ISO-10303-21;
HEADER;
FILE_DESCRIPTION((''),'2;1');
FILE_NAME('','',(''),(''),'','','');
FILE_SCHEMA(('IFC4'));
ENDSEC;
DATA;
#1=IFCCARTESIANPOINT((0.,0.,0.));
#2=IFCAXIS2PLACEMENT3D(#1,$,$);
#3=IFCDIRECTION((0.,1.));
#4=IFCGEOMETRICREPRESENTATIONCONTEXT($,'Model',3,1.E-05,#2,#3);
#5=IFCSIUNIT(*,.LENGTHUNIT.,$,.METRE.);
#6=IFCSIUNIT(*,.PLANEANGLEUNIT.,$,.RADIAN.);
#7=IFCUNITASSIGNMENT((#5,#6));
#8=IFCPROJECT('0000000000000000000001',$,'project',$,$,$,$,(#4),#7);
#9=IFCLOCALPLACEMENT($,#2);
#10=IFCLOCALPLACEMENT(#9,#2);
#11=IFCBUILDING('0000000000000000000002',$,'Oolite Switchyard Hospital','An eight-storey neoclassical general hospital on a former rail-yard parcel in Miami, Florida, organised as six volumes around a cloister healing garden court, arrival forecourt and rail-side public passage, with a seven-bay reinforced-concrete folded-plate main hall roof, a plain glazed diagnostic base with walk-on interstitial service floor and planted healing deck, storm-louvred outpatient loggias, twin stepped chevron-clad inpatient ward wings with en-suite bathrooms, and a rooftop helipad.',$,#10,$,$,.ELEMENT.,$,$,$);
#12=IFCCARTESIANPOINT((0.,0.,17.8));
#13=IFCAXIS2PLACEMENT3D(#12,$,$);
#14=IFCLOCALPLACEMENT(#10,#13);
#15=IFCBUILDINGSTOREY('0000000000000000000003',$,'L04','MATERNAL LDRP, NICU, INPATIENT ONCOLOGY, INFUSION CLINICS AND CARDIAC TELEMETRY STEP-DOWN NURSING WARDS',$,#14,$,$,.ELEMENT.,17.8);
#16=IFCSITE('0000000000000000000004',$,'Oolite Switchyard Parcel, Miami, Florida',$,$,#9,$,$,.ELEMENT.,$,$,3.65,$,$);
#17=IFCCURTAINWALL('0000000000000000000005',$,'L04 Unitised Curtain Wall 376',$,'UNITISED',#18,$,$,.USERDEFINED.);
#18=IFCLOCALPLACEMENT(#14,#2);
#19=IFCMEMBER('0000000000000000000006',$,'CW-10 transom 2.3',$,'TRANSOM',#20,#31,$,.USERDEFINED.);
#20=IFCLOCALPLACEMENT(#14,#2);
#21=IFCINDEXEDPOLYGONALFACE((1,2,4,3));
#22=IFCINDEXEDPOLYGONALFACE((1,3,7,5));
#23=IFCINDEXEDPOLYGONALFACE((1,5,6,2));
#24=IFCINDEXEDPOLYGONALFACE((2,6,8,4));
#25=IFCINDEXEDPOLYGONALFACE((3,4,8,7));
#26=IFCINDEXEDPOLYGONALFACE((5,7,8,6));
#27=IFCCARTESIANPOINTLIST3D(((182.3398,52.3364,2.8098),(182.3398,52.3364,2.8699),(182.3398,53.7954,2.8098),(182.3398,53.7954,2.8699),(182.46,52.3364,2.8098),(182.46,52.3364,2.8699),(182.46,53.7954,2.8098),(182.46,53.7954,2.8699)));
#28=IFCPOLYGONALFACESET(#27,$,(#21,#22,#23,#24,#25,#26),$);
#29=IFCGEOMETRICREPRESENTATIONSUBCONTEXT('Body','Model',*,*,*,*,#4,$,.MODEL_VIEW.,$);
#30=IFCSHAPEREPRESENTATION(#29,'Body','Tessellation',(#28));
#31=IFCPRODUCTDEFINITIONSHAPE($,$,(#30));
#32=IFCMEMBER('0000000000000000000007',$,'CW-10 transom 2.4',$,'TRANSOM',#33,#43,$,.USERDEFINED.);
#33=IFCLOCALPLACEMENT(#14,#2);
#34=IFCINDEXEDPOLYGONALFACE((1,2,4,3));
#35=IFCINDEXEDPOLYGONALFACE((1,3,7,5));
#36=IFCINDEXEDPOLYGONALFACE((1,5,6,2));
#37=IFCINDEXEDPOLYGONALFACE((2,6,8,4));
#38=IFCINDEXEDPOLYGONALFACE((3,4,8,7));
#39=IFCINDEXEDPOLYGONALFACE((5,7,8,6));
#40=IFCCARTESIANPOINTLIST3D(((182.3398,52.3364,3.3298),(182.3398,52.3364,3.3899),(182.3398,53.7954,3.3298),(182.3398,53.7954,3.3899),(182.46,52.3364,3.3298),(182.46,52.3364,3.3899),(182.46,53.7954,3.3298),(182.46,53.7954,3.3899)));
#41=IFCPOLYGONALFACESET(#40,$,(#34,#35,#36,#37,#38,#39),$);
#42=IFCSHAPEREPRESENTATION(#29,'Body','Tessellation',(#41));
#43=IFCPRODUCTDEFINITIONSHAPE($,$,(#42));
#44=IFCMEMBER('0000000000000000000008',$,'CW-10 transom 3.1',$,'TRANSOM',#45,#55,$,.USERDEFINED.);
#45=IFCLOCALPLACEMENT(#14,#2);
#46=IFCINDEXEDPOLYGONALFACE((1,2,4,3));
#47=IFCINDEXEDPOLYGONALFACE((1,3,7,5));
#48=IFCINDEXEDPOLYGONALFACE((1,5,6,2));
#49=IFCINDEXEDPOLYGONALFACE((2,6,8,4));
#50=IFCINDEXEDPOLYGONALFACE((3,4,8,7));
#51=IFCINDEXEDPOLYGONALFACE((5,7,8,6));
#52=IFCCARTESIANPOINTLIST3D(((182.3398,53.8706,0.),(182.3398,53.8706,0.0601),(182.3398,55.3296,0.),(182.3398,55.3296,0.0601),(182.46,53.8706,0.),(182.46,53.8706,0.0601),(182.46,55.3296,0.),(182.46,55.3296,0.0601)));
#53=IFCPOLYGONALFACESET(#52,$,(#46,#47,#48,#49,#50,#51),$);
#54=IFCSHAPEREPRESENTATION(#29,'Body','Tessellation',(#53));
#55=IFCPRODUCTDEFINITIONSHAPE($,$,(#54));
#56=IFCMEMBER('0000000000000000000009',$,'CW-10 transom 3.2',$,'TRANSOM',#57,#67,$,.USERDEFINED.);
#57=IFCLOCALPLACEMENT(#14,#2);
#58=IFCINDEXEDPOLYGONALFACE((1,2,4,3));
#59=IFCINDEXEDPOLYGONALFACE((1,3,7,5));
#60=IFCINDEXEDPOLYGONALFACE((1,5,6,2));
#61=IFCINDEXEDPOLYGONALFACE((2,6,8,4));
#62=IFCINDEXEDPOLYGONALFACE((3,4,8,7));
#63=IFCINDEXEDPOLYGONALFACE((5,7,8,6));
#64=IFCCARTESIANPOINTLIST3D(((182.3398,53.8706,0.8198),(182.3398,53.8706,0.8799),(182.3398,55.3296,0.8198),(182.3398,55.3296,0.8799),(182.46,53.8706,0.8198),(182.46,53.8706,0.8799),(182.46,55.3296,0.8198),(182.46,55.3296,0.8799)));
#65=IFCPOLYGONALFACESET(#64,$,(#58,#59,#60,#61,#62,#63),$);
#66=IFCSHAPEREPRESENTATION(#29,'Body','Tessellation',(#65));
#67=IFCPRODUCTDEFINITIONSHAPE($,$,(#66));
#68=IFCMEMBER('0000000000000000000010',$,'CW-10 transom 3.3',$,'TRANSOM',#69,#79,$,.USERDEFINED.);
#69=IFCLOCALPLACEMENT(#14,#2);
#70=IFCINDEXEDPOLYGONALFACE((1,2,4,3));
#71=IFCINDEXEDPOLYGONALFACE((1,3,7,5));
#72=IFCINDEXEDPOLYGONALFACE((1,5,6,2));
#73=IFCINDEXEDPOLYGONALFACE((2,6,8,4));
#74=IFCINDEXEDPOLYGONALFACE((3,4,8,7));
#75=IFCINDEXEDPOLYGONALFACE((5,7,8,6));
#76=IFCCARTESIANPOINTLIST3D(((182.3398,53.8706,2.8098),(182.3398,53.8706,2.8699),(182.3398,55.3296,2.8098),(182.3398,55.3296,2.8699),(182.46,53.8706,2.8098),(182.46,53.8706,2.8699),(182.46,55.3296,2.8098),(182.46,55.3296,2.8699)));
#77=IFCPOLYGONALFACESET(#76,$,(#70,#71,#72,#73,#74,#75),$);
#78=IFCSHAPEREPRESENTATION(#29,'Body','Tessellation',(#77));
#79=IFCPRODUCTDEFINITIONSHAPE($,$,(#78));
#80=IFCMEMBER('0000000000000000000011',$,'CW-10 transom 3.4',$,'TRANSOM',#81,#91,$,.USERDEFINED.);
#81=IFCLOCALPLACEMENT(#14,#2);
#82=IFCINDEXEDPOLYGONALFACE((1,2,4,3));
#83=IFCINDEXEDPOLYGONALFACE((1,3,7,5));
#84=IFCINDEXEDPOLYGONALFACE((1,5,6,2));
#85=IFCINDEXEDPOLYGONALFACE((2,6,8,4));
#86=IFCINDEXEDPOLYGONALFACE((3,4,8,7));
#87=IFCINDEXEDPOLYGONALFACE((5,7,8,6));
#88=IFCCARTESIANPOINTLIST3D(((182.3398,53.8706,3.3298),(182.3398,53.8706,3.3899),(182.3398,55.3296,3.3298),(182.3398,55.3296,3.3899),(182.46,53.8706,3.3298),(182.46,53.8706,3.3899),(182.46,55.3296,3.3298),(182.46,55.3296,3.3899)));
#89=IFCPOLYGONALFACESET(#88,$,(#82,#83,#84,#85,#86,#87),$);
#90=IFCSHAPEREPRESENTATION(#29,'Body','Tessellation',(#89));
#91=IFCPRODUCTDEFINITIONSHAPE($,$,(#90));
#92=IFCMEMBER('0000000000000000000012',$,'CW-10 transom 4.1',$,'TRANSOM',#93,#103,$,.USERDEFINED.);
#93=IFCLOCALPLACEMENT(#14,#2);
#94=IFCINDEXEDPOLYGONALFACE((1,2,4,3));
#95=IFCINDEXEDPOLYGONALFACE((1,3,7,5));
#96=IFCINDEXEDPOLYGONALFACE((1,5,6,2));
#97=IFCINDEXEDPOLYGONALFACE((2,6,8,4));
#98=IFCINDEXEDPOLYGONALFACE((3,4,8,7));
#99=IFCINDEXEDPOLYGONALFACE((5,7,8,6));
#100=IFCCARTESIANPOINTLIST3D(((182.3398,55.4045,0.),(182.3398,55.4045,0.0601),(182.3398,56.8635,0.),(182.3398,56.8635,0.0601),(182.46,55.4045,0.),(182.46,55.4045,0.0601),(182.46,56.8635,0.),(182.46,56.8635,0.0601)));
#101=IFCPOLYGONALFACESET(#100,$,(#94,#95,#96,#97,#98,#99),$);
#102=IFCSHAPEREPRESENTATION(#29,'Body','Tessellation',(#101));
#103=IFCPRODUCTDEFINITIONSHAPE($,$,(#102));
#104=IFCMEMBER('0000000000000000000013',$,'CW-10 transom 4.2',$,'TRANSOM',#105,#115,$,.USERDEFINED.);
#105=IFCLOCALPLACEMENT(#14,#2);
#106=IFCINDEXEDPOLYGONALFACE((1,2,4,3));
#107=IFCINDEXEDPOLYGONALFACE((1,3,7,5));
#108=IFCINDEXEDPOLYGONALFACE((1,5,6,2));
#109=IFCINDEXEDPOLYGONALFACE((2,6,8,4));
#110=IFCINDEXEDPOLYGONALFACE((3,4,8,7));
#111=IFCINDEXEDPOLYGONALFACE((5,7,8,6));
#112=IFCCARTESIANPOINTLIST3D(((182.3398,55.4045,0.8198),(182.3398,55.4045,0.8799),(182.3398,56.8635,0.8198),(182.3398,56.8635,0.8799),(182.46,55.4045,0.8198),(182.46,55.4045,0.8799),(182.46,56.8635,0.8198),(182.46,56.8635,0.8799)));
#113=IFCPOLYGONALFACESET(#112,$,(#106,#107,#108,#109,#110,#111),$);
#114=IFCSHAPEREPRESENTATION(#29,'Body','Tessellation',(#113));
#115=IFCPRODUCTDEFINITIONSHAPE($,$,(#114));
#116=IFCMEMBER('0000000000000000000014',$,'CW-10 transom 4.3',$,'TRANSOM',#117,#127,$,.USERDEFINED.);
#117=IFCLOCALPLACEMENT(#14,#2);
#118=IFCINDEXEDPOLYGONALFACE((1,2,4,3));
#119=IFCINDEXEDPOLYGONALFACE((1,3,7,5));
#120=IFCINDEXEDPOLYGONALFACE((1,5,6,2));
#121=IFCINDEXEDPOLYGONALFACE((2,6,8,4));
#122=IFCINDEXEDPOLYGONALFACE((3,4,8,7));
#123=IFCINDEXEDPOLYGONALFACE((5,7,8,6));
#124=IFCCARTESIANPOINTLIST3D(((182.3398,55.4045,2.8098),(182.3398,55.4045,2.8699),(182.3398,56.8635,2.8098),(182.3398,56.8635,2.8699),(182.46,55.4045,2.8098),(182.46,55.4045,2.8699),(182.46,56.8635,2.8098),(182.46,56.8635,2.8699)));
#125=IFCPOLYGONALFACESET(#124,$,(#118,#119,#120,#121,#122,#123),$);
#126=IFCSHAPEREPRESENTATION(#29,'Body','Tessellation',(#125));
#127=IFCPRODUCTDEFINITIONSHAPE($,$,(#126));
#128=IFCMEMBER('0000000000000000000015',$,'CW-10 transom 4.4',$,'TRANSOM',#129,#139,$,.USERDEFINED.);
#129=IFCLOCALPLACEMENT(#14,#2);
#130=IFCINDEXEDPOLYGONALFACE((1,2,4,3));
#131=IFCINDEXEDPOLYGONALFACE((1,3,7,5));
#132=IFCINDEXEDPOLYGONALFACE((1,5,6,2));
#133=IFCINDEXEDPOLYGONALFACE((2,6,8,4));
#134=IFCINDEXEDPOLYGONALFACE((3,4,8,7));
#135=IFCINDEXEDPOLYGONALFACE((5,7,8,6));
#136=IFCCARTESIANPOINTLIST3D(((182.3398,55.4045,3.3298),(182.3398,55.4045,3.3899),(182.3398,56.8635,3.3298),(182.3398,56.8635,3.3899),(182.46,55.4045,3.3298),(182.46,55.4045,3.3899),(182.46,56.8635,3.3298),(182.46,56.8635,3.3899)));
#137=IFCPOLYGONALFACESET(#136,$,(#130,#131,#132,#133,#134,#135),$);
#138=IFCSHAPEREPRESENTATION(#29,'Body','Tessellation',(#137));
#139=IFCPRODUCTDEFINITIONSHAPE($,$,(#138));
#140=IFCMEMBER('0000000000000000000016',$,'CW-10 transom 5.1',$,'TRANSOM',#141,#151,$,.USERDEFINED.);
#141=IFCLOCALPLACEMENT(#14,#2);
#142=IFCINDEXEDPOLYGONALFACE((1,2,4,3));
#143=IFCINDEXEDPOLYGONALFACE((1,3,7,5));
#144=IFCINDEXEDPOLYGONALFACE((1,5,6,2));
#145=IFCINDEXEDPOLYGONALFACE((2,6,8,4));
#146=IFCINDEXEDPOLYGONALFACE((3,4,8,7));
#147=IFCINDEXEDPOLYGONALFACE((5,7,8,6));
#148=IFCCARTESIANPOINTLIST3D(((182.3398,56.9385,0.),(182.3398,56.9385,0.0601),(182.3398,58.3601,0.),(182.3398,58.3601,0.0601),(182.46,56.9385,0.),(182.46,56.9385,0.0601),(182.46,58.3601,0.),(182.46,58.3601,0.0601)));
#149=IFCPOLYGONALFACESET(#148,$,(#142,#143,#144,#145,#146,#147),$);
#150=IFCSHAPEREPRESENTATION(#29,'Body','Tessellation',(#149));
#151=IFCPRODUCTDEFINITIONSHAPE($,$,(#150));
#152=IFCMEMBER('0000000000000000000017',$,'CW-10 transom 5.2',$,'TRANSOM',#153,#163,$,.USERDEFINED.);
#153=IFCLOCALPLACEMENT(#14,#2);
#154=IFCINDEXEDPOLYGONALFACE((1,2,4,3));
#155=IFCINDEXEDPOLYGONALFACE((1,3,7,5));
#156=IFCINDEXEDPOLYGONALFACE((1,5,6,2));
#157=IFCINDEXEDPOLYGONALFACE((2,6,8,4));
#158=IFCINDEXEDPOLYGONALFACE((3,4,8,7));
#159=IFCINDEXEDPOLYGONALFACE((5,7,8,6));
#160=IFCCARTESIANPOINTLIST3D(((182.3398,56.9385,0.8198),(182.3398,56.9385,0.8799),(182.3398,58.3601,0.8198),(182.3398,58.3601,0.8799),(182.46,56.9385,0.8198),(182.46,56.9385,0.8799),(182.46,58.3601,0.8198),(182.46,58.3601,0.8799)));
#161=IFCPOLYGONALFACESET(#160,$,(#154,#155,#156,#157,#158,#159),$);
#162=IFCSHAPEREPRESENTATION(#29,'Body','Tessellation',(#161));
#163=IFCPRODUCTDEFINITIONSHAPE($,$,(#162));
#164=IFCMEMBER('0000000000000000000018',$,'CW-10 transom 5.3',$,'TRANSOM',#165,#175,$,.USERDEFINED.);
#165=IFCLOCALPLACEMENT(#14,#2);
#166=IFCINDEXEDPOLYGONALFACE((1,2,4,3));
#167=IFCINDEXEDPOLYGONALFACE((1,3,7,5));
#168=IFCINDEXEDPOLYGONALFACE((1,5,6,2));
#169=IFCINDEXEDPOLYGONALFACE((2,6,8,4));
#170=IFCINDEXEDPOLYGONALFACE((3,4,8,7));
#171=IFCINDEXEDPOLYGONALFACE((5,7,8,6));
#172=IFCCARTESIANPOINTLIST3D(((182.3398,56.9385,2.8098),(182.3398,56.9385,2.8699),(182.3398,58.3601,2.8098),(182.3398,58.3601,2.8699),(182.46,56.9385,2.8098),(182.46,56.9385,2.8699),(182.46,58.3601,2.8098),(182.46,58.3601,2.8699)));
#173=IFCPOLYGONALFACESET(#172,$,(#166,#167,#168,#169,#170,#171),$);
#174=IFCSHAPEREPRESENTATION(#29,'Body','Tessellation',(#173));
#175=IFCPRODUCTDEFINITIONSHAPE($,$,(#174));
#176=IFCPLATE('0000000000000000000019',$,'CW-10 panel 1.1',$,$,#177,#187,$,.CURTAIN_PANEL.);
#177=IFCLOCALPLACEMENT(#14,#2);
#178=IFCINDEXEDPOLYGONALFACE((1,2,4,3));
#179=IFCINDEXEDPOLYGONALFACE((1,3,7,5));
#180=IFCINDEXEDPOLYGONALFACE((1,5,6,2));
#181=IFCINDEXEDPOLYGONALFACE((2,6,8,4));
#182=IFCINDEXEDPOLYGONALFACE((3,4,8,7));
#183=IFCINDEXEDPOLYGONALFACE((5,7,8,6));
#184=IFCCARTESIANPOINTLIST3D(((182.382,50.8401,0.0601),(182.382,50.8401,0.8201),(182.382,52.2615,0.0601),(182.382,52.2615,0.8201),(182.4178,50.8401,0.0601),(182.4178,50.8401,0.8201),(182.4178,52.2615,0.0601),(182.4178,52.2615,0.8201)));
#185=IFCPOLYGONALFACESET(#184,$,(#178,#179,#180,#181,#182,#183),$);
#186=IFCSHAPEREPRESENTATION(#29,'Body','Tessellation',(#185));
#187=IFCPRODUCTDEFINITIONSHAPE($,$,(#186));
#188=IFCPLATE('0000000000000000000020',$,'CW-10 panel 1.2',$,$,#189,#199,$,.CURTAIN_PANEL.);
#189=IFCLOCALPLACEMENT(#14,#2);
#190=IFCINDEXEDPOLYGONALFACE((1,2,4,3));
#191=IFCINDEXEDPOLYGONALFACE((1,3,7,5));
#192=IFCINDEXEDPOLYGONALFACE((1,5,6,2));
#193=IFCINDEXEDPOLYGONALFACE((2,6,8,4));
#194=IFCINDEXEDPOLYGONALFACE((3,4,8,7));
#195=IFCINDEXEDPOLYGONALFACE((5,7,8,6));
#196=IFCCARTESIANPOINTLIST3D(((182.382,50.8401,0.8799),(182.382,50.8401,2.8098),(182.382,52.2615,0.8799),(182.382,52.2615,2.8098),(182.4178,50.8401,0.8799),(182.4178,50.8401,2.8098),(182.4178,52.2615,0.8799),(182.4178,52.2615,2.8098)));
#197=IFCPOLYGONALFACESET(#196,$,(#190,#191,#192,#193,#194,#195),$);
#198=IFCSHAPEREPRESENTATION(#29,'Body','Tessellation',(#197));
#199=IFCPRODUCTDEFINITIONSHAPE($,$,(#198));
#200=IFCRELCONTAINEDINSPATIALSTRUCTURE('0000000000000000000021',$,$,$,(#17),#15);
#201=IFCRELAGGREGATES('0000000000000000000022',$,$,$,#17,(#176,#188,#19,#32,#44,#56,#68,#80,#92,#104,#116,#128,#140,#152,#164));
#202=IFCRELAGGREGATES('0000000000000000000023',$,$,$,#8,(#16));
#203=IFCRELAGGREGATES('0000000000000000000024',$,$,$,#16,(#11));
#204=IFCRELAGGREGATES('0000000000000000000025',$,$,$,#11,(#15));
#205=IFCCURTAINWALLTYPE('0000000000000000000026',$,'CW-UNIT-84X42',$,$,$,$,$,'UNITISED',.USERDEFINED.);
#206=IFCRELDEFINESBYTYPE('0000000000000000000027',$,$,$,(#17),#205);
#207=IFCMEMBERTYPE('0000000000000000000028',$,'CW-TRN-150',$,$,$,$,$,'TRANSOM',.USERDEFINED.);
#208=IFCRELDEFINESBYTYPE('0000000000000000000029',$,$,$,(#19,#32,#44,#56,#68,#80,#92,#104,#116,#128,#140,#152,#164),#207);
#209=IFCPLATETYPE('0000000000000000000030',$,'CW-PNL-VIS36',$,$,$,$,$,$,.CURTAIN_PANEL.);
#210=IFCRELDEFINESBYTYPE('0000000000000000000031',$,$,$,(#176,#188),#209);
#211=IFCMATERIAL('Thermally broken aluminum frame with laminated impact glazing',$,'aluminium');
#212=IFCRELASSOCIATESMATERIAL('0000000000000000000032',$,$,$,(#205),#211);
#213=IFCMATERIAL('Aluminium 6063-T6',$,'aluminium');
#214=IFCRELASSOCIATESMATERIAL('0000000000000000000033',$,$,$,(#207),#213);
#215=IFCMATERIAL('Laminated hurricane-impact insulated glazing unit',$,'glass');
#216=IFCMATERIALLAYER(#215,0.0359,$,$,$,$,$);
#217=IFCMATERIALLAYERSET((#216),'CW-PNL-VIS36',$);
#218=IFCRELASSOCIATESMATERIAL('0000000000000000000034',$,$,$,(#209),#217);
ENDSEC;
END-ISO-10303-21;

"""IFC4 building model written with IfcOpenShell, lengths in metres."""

from ifc_helpers import new_model, si_unit, direction, frame, origin, origin_2d, place, context, subcontext, project, spatial, rectangle, extrude, material, layer, layer_set, material_profile, profile_set, type_object, element, aggregate, save


model = new_model("IFC4")

# Units and contexts
model_context = context("Model", 3, precision=1e-05, world=origin(), true_north=direction((0.0, 1.0)))
body_context = subcontext(model_context, "Body", "Model", "MODEL_VIEW")
ifc_project = project(units=[si_unit("LENGTHUNIT", "METRE"), si_unit("PLANEANGLEUNIT", "RADIAN")], contexts=[model_context])

# Site, building, storey
site_placement = place(None, origin())
site = spatial("IfcSite", under=ifc_project, at=site_placement, Name="Oolite Switchyard Parcel, Miami, Florida", CompositionType="ELEMENT", RefElevation=3.65)
building_placement = place(site_placement, origin())
building = spatial("IfcBuilding", under=site, at=building_placement, Name="Oolite Switchyard Hospital", Description="An eight-storey neoclassical general hospital on a former rail-yard parcel in Miami, Florida, organised as six volumes around a cloister healing garden court, arrival forecourt and rail-side public passage, with a seven-bay reinforced-concrete folded-plate main hall roof, a plain glazed diagnostic base with walk-on interstitial service floor and planted healing deck, storm-louvred outpatient loggias, twin stepped chevron-clad inpatient ward wings with en-suite bathrooms, and a rooftop helipad.", CompositionType="ELEMENT")
storey_placement = place(building_placement, frame((0.0, 0.0, 17.8)))
storey = spatial("IfcBuildingStorey", under=building, at=storey_placement, Name="L04", Description="MATERNAL LDRP, NICU, INPATIENT ONCOLOGY, INFUSION CLINICS AND CARDIAC TELEMETRY STEP-DOWN NURSING WARDS", CompositionType="ELEMENT", Elevation=17.8)

# Curtain wall, members, plates
ifc_material_1 = material(Name="Thermally broken aluminum frame with laminated impact glazing", Category="aluminium")
curtain_wall_type = type_object("IfcCurtainWallType", Name="CW-UNIT-84X42", ElementType="UNITISED", PredefinedType="USERDEFINED", material=ifc_material_1)
curtain_wall_placement = place(storey_placement, origin())
curtain_wall = element("IfcCurtainWall", 1, at=curtain_wall_placement, inside=storey, type_object=curtain_wall_type, Name="L04 Unitised Curtain Wall 376", ObjectType="UNITISED", PredefinedType="USERDEFINED")
ifc_material_2 = material(Name="Aluminium 6063-T6", Category="aluminium")
ifc_material_profile_1 = material_profile(ifc_material_2, rectangle(XDim=0.1201, YDim=0.0601, at=origin_2d()), Name="CWT60X120")
ifc_profile_set_1 = profile_set([ifc_material_profile_1], Name="Aluminium 6063-T6")
member_type_1 = type_object("IfcMemberType", Name="CW-TRN-150", ElementType="TRANSOM", PredefinedType="USERDEFINED", material=ifc_profile_set_1)
member_1_placement = place(storey_placement, frame((182.3999, 52.3364, 2.8398), z_axis=(0.0, 1.0, 0.0), x_axis=(-1.0, 0.0, 0.0)))
member_1 = element("IfcMember", 2, at=member_1_placement, type_object=member_type_1, Name="CW-10 transom 2.3", ObjectType="TRANSOM", PredefinedType="USERDEFINED", context=body_context, shape_type="SweptSolid", body=[
    extrude(rectangle(XDim=0.1201, YDim=0.0601, at=origin_2d()), origin(), (0.0, 0.0, 1.0), 1.459),
])
member_2_placement = place(storey_placement, frame((182.3999, 52.3364, 3.3599), z_axis=(0.0, 1.0, 0.0), x_axis=(-1.0, 0.0, 0.0)))
member_2 = element("IfcMember", 3, at=member_2_placement, type_object=member_type_1, Name="CW-10 transom 2.4", ObjectType="TRANSOM", PredefinedType="USERDEFINED", context=body_context, shape_type="SweptSolid", body=[
    extrude(rectangle(XDim=0.1201, YDim=0.0601, at=origin_2d()), origin(), (0.0, 0.0, 1.0), 1.459),
])
member_3_placement = place(storey_placement, frame((182.3999, 53.8706, 0.03), z_axis=(0.0, 1.0, 0.0), x_axis=(-1.0, 0.0, 0.0)))
member_3 = element("IfcMember", 4, at=member_3_placement, type_object=member_type_1, Name="CW-10 transom 3.1", ObjectType="TRANSOM", PredefinedType="USERDEFINED", context=body_context, shape_type="SweptSolid", body=[
    extrude(rectangle(XDim=0.1201, YDim=0.0601, at=origin_2d()), origin(), (0.0, 0.0, 1.0), 1.459),
])
member_4_placement = place(storey_placement, frame((182.3999, 53.8706, 0.8499), z_axis=(0.0, 1.0, 0.0), x_axis=(-1.0, 0.0, 0.0)))
member_4 = element("IfcMember", 5, at=member_4_placement, type_object=member_type_1, Name="CW-10 transom 3.2", ObjectType="TRANSOM", PredefinedType="USERDEFINED", context=body_context, shape_type="SweptSolid", body=[
    extrude(rectangle(XDim=0.1201, YDim=0.0601, at=origin_2d()), origin(), (0.0, 0.0, 1.0), 1.459),
])
member_5_placement = place(storey_placement, frame((182.3999, 53.8706, 2.8398), z_axis=(0.0, 1.0, 0.0), x_axis=(-1.0, 0.0, 0.0)))
member_5 = element("IfcMember", 6, at=member_5_placement, type_object=member_type_1, Name="CW-10 transom 3.3", ObjectType="TRANSOM", PredefinedType="USERDEFINED", context=body_context, shape_type="SweptSolid", body=[
    extrude(rectangle(XDim=0.1201, YDim=0.0601, at=origin_2d()), origin(), (0.0, 0.0, 1.0), 1.459),
])
member_6_placement = place(storey_placement, frame((182.3999, 53.8706, 3.3599), z_axis=(0.0, 1.0, 0.0), x_axis=(-1.0, 0.0, 0.0)))
member_6 = element("IfcMember", 7, at=member_6_placement, type_object=member_type_1, Name="CW-10 transom 3.4", ObjectType="TRANSOM", PredefinedType="USERDEFINED", context=body_context, shape_type="SweptSolid", body=[
    extrude(rectangle(XDim=0.1201, YDim=0.0601, at=origin_2d()), origin(), (0.0, 0.0, 1.0), 1.459),
])
member_7_placement = place(storey_placement, frame((182.3999, 55.4045, 0.03), z_axis=(0.0, 1.0, 0.0), x_axis=(-1.0, 0.0, 0.0)))
member_7 = element("IfcMember", 8, at=member_7_placement, type_object=member_type_1, Name="CW-10 transom 4.1", ObjectType="TRANSOM", PredefinedType="USERDEFINED", context=body_context, shape_type="SweptSolid", body=[
    extrude(rectangle(XDim=0.1201, YDim=0.0601, at=origin_2d()), origin(), (0.0, 0.0, 1.0), 1.459),
])
member_8_placement = place(storey_placement, frame((182.3999, 55.4045, 0.8499), z_axis=(0.0, 1.0, 0.0), x_axis=(-1.0, 0.0, 0.0)))
member_8 = element("IfcMember", 9, at=member_8_placement, type_object=member_type_1, Name="CW-10 transom 4.2", ObjectType="TRANSOM", PredefinedType="USERDEFINED", context=body_context, shape_type="SweptSolid", body=[
    extrude(rectangle(XDim=0.1201, YDim=0.0601, at=origin_2d()), origin(), (0.0, 0.0, 1.0), 1.459),
])
member_9_placement = place(storey_placement, frame((182.3999, 55.4045, 2.8398), z_axis=(0.0, 1.0, 0.0), x_axis=(-1.0, 0.0, 0.0)))
member_9 = element("IfcMember", 10, at=member_9_placement, type_object=member_type_1, Name="CW-10 transom 4.3", ObjectType="TRANSOM", PredefinedType="USERDEFINED", context=body_context, shape_type="SweptSolid", body=[
    extrude(rectangle(XDim=0.1201, YDim=0.0601, at=origin_2d()), origin(), (0.0, 0.0, 1.0), 1.459),
])
member_10_placement = place(storey_placement, frame((182.3999, 55.4045, 3.3599), z_axis=(0.0, 1.0, 0.0), x_axis=(-1.0, 0.0, 0.0)))
member_10 = element("IfcMember", 11, at=member_10_placement, type_object=member_type_1, Name="CW-10 transom 4.4", ObjectType="TRANSOM", PredefinedType="USERDEFINED", context=body_context, shape_type="SweptSolid", body=[
    extrude(rectangle(XDim=0.1201, YDim=0.0601, at=origin_2d()), origin(), (0.0, 0.0, 1.0), 1.459),
])
member_11_placement = place(storey_placement, frame((182.3999, 56.9385, 0.03), z_axis=(0.0, 1.0, 0.0), x_axis=(-1.0, 0.0, 0.0)))
member_11 = element("IfcMember", 12, at=member_11_placement, type_object=member_type_1, Name="CW-10 transom 5.1", ObjectType="TRANSOM", PredefinedType="USERDEFINED", context=body_context, shape_type="SweptSolid", body=[
    extrude(rectangle(XDim=0.1201, YDim=0.0601, at=origin_2d()), origin(), (0.0, 0.0, 1.0), 1.4216),
])
member_12_placement = place(storey_placement, frame((182.3999, 56.9385, 0.8499), z_axis=(0.0, 1.0, 0.0), x_axis=(-1.0, 0.0, 0.0)))
member_12 = element("IfcMember", 13, at=member_12_placement, type_object=member_type_1, Name="CW-10 transom 5.2", ObjectType="TRANSOM", PredefinedType="USERDEFINED", context=body_context, shape_type="SweptSolid", body=[
    extrude(rectangle(XDim=0.1201, YDim=0.0601, at=origin_2d()), origin(), (0.0, 0.0, 1.0), 1.4216),
])
member_13_placement = place(storey_placement, frame((182.3999, 56.9385, 2.8398), z_axis=(0.0, 1.0, 0.0), x_axis=(-1.0, 0.0, 0.0)))
member_13 = element("IfcMember", 14, at=member_13_placement, type_object=member_type_1, Name="CW-10 transom 5.3", ObjectType="TRANSOM", PredefinedType="USERDEFINED", context=body_context, shape_type="SweptSolid", body=[
    extrude(rectangle(XDim=0.1201, YDim=0.0601, at=origin_2d()), origin(), (0.0, 0.0, 1.0), 1.4216),
])
ifc_material_3 = material(Name="Laminated hurricane-impact insulated glazing unit", Category="glass")
ifc_layer = layer(ifc_material_3, 0.0359)
ifc_layer_set = layer_set([ifc_layer], Name="CW-PNL-VIS36")
plate_type = type_object("IfcPlateType", Name="CW-PNL-VIS36", PredefinedType="CURTAIN_PANEL", material=ifc_layer_set)
plate_1_placement = place(storey_placement, frame((182.3999, 51.5508, 0.0601), z_axis=(0.0, 0.0, 1.0), x_axis=(0.0, 1.0, 0.0)))
plate_1 = element("IfcPlate", 15, at=plate_1_placement, type_object=plate_type, Name="CW-10 panel 1.1", PredefinedType="CURTAIN_PANEL", context=body_context, shape_type="SweptSolid", body=[
    extrude(rectangle(XDim=1.4214, YDim=0.0359, at=origin_2d()), origin(), (0.0, 0.0, 1.0), 0.76),
])
plate_2_placement = place(storey_placement, frame((182.3999, 51.5508, 0.8799), z_axis=(0.0, 0.0, 1.0), x_axis=(0.0, 1.0, 0.0)))
plate_2 = element("IfcPlate", 16, at=plate_2_placement, type_object=plate_type, Name="CW-10 panel 1.2", PredefinedType="CURTAIN_PANEL", context=body_context, shape_type="SweptSolid", body=[
    extrude(rectangle(XDim=1.4214, YDim=0.0359, at=origin_2d()), origin(), (0.0, 0.0, 1.0), 1.9299),
])
aggregate(curtain_wall, [plate_1, plate_2, member_1, member_2, member_3, member_4, member_5, member_6, member_7, member_8, member_9, member_10, member_11, member_12, member_13])

save(model, "model.ifc")
